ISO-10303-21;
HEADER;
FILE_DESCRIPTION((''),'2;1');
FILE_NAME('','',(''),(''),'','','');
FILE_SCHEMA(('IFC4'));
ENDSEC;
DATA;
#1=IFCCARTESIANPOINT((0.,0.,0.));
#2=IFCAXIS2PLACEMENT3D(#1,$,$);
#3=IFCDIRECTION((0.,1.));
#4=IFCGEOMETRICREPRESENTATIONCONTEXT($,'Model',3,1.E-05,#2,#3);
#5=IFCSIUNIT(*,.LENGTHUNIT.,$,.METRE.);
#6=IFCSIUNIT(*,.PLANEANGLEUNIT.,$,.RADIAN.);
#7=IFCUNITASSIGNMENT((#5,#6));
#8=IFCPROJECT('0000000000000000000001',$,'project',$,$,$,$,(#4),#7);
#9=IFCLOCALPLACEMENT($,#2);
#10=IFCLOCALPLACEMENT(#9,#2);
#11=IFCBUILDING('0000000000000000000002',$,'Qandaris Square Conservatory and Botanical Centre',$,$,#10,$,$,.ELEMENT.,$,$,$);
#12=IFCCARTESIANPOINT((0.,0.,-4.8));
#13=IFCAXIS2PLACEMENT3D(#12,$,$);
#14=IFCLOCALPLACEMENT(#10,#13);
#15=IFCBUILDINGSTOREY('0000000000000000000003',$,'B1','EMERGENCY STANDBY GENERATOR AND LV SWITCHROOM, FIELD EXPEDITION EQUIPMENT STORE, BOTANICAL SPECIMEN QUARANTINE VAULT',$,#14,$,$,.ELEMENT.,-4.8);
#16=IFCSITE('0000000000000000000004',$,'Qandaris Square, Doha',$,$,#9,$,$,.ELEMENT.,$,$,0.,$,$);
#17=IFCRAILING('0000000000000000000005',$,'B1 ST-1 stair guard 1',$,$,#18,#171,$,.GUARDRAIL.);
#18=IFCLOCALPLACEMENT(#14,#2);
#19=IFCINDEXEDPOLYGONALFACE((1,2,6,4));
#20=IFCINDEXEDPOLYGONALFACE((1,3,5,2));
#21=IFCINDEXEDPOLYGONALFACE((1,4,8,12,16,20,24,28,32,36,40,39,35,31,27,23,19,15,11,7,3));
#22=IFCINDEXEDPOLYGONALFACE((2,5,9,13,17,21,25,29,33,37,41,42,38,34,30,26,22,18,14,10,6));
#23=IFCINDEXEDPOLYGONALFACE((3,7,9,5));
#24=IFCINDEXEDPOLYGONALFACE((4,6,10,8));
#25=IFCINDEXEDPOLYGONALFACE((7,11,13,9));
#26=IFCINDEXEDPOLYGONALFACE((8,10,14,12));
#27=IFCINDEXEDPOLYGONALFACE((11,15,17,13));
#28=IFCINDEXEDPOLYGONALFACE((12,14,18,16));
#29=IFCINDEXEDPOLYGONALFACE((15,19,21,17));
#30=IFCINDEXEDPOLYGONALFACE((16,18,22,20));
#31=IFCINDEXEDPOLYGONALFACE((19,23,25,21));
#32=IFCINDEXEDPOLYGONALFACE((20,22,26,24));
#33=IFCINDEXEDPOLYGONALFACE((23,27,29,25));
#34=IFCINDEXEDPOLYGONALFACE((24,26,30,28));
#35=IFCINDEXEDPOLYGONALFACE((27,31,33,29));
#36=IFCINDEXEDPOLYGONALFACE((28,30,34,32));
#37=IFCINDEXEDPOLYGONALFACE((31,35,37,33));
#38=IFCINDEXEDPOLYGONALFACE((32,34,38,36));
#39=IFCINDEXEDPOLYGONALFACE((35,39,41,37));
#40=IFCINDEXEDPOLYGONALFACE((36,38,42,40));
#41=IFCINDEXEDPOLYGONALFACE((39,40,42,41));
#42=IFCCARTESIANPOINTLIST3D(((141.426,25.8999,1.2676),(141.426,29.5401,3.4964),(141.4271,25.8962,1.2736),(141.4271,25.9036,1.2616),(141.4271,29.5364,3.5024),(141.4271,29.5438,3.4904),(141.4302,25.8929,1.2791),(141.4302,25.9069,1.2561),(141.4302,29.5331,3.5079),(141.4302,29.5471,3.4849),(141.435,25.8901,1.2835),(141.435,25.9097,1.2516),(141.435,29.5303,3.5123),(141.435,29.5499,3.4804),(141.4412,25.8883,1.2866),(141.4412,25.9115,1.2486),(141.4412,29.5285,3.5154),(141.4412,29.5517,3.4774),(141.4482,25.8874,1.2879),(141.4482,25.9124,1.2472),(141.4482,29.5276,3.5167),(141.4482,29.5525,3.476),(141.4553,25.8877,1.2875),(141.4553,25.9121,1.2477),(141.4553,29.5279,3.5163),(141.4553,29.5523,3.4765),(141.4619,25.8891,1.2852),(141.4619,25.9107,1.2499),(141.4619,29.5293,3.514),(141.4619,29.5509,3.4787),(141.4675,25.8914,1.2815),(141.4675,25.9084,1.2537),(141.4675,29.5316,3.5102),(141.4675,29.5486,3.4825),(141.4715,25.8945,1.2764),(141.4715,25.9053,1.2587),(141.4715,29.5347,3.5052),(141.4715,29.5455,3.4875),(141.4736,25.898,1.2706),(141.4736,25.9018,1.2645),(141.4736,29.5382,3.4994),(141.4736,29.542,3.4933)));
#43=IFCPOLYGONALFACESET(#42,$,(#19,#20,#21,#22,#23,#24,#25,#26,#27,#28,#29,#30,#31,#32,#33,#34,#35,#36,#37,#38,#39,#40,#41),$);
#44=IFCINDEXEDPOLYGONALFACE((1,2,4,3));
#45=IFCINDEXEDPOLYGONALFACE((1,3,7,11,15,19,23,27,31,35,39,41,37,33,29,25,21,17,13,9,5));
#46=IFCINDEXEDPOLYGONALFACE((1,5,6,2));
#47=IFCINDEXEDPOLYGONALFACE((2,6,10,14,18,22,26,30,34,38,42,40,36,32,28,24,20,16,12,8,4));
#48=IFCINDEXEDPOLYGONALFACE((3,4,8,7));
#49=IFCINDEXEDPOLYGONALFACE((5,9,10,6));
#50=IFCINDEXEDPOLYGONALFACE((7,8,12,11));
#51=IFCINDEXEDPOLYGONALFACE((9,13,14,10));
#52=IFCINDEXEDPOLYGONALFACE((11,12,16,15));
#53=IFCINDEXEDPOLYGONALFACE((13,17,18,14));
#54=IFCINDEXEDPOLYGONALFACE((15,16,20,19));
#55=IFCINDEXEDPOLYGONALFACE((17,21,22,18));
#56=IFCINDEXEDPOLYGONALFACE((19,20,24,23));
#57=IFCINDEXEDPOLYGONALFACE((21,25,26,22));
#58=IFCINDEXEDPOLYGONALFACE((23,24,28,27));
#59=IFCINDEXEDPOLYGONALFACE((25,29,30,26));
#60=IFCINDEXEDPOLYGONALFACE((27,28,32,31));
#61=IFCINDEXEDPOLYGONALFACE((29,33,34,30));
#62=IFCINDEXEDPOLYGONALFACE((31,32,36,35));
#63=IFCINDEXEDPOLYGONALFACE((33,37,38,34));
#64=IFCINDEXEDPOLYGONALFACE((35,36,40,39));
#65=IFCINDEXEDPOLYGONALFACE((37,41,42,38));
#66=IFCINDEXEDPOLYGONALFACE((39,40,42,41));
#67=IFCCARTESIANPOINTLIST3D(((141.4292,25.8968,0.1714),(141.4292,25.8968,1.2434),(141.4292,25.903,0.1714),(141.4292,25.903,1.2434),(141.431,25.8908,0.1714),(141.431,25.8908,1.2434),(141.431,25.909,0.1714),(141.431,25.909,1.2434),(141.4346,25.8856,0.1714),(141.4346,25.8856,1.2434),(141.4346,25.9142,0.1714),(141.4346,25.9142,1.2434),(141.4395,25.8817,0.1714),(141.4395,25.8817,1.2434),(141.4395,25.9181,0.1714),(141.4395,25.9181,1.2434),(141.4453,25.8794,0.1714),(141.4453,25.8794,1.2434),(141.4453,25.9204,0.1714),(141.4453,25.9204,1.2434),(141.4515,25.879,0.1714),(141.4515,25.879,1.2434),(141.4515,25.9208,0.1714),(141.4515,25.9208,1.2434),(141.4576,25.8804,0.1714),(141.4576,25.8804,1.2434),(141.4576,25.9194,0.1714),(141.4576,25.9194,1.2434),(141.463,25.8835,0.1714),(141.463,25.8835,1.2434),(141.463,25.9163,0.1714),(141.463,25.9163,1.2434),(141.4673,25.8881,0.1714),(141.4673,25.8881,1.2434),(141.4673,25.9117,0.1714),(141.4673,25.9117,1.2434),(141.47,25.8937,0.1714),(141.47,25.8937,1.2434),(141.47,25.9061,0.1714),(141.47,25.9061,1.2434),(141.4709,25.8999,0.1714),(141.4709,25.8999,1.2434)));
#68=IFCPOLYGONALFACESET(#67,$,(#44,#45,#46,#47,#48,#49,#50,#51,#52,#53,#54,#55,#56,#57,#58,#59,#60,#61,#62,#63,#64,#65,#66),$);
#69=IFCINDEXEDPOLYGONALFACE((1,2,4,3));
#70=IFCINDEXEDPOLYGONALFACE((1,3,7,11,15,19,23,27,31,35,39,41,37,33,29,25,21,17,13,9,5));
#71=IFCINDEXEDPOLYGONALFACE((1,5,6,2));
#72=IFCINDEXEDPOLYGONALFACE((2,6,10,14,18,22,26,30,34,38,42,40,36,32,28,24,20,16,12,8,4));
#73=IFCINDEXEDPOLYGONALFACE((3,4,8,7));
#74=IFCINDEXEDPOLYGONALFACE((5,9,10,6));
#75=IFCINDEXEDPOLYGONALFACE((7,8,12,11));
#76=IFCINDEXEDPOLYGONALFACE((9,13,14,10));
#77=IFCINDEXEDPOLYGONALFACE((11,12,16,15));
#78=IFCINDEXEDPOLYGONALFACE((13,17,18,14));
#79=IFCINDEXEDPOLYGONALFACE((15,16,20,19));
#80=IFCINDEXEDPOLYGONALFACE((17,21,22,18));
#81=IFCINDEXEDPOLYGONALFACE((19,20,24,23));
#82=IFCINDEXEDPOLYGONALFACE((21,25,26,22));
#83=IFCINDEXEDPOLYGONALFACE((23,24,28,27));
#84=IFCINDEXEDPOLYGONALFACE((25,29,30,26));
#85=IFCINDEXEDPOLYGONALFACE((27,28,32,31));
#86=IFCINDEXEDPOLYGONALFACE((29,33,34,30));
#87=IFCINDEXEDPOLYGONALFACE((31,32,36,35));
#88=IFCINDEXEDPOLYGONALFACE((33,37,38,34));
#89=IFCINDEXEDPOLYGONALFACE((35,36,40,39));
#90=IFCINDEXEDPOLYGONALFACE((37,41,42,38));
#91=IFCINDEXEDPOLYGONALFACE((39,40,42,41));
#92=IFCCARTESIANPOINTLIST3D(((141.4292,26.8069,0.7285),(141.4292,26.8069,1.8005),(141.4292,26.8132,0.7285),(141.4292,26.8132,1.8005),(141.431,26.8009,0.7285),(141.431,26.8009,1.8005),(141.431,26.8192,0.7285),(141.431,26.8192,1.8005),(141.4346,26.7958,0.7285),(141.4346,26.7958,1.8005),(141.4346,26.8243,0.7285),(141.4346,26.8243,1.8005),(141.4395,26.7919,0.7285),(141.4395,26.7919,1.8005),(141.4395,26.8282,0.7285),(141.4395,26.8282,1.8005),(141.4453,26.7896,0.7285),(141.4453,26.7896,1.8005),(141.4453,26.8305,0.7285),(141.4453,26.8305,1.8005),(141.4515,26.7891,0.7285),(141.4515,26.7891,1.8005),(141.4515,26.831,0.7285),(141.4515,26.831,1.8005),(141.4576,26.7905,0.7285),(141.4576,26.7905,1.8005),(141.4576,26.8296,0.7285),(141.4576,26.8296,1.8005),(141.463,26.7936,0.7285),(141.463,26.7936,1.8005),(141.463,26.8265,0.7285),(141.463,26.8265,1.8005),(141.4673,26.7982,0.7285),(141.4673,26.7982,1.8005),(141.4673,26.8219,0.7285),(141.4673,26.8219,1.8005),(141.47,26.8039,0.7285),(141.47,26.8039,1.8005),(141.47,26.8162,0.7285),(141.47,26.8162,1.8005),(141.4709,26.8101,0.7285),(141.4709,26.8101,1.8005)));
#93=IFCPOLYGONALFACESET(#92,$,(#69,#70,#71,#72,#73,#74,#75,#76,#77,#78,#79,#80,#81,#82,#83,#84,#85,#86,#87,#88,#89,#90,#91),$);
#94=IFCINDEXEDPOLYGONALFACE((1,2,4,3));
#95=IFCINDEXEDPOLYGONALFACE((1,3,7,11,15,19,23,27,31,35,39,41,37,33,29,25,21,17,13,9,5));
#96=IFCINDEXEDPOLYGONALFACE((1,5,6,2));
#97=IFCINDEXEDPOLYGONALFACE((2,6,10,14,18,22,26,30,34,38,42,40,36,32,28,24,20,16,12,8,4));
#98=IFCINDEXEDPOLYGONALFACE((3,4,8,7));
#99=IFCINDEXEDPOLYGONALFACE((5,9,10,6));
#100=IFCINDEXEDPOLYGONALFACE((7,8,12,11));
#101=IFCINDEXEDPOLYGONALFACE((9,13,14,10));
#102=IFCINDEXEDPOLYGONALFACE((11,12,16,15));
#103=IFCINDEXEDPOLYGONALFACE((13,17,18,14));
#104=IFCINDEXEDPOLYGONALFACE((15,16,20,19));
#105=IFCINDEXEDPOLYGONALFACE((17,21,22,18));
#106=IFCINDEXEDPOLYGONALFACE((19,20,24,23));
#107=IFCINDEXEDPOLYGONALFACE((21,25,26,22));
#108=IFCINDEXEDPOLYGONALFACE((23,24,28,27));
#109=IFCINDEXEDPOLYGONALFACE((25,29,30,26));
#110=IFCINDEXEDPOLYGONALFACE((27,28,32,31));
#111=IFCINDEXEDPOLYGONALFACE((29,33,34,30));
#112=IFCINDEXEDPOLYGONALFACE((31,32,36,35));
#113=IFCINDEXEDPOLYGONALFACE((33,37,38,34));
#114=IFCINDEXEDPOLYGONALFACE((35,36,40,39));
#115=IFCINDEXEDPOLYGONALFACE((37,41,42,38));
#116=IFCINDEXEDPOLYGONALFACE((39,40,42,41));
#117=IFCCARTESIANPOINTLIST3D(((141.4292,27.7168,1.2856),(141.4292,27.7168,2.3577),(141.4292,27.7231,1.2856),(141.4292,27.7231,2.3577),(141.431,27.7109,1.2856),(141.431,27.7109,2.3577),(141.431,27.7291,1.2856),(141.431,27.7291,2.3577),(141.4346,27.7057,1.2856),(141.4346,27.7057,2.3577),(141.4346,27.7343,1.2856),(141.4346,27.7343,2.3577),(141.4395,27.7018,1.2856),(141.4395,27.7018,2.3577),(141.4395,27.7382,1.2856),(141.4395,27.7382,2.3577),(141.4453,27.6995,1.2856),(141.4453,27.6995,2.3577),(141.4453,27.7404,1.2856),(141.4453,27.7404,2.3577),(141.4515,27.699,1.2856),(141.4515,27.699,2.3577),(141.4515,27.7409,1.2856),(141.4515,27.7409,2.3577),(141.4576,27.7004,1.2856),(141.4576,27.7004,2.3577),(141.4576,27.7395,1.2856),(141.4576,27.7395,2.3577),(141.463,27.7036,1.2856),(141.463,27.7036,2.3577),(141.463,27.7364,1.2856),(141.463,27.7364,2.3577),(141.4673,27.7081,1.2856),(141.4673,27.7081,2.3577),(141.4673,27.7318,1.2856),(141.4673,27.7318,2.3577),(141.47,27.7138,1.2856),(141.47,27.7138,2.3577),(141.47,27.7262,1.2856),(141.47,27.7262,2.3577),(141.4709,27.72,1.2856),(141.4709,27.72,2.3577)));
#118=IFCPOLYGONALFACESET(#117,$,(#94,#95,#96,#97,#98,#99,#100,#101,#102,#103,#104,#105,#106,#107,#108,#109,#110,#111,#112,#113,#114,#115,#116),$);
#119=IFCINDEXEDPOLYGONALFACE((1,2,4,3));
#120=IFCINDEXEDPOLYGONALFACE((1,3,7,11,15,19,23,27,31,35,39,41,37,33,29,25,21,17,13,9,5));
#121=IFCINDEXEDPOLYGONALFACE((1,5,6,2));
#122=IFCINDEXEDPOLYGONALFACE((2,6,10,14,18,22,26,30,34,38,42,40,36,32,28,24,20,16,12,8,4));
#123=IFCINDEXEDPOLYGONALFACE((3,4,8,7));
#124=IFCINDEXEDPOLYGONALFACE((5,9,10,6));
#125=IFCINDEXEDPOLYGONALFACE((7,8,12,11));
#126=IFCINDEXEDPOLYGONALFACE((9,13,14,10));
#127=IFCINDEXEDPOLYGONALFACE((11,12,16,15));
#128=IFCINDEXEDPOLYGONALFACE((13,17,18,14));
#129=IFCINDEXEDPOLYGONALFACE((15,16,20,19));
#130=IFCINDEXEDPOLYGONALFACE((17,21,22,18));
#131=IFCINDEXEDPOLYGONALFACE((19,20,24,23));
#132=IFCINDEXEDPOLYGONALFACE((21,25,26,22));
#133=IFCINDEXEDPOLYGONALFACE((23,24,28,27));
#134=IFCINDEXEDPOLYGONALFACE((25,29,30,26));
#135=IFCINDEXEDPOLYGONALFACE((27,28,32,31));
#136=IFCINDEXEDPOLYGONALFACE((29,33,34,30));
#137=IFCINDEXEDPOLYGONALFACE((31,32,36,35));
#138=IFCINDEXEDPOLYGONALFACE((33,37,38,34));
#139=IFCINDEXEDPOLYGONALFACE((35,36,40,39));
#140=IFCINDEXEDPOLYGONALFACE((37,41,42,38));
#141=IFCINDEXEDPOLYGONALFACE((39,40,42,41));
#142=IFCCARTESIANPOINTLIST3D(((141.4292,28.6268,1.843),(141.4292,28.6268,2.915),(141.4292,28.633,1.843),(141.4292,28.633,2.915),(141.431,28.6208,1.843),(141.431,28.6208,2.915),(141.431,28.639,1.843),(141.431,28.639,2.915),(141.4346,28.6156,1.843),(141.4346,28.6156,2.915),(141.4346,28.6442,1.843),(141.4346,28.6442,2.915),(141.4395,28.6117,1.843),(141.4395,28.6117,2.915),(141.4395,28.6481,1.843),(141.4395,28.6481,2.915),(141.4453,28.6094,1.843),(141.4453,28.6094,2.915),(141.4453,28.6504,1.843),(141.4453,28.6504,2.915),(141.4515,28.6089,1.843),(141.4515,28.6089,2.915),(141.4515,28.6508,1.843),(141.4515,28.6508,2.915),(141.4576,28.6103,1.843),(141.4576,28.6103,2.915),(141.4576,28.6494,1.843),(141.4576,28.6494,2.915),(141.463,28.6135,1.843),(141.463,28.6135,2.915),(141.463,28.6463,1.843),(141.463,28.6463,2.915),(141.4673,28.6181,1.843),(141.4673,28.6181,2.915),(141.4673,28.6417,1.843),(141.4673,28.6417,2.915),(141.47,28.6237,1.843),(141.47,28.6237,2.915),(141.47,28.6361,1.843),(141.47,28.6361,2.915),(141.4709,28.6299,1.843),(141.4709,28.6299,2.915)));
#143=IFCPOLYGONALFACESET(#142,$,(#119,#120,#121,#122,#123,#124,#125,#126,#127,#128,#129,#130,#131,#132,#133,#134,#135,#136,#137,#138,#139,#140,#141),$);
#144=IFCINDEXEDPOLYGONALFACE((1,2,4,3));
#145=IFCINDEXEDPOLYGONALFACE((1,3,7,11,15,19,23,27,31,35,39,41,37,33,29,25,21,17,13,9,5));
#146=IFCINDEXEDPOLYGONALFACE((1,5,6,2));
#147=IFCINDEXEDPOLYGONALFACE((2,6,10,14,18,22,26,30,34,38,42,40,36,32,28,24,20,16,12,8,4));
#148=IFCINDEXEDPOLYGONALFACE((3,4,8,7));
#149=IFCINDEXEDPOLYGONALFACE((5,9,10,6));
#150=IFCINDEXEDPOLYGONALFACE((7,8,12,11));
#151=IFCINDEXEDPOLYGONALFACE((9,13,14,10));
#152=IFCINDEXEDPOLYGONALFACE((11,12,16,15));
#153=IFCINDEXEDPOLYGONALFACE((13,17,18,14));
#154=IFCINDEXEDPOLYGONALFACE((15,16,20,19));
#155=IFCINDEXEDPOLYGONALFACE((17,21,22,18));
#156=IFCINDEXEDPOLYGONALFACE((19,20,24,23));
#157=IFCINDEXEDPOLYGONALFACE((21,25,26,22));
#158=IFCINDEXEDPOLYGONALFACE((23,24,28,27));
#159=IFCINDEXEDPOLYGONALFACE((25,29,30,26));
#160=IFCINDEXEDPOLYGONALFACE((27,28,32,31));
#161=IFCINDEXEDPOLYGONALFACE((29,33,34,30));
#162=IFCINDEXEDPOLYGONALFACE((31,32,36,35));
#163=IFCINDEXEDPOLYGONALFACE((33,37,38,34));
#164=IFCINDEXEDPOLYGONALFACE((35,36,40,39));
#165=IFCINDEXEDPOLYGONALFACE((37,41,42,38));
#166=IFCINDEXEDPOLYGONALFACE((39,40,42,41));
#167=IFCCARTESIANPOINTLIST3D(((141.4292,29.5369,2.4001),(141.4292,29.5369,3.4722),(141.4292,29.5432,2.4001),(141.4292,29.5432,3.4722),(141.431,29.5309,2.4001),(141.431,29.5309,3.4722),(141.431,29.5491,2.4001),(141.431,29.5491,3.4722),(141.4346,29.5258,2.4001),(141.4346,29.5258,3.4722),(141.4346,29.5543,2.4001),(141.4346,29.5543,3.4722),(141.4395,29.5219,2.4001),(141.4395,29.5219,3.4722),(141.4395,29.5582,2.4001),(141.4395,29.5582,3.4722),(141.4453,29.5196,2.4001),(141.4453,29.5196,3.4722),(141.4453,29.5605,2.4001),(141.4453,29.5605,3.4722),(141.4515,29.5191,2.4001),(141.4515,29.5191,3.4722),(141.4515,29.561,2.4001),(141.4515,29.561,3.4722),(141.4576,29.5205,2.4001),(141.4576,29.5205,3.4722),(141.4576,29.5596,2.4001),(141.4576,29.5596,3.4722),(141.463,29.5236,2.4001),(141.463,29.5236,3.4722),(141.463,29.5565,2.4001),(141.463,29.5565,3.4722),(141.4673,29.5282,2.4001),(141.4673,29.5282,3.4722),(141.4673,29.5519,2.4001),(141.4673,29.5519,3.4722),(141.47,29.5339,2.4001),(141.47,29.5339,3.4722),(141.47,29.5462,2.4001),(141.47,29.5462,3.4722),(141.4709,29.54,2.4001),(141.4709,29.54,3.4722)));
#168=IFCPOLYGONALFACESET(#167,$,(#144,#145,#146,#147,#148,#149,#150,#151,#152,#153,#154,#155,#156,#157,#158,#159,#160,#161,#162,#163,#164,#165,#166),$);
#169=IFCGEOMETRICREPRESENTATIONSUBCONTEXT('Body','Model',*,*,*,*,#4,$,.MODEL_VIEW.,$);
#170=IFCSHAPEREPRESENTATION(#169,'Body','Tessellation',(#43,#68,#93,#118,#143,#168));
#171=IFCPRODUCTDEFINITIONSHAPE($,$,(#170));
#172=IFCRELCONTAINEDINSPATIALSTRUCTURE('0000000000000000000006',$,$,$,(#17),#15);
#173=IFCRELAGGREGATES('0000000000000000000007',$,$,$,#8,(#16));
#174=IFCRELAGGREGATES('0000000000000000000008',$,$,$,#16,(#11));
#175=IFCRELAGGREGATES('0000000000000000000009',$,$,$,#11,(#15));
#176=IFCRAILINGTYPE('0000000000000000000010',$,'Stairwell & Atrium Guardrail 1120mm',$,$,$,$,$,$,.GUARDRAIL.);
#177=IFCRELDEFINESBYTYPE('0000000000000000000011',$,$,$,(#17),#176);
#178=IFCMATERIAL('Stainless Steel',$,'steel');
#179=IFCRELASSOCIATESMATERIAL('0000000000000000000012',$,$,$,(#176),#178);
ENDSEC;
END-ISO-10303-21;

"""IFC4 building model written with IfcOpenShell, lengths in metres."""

from ifc_helpers import new_model, si_unit, direction, frame, origin, origin_2d, place, context, subcontext, project, spatial, circle, extrude, material, type_object, element, save


model = new_model("IFC4")

# Units and contexts
model_context = context("Model", 3, precision=1e-05, world=origin(), true_north=direction((0.0, 1.0)))
body_context = subcontext(model_context, "Body", "Model", "MODEL_VIEW")
ifc_project = project(units=[si_unit("LENGTHUNIT", "METRE"), si_unit("PLANEANGLEUNIT", "RADIAN")], contexts=[model_context])

# Site, building, storey
site_placement = place(None, origin())
site = spatial("IfcSite", under=ifc_project, at=site_placement, Name="Qandaris Square, Doha", CompositionType="ELEMENT", RefElevation=0.0)
building_placement = place(site_placement, origin())
building = spatial("IfcBuilding", under=site, at=building_placement, Name="Qandaris Square Conservatory and Botanical Centre", CompositionType="ELEMENT")
storey_placement = place(building_placement, frame((0.0, 0.0, -4.8)))
storey = spatial("IfcBuildingStorey", under=building, at=storey_placement, Name="B1", Description="EMERGENCY STANDBY GENERATOR AND LV SWITCHROOM, FIELD EXPEDITION EQUIPMENT STORE, BOTANICAL SPECIMEN QUARANTINE VAULT", CompositionType="ELEMENT", Elevation=-4.8)

# Railing
ifc_material_1 = material(Name="Stainless Steel", Category="steel")
railing_type_1 = type_object("IfcRailingType", Name="Stairwell & Atrium Guardrail 1120mm", PredefinedType="GUARDRAIL", material=ifc_material_1)
railing_1_placement = place(storey_placement, frame((141.45, 25.8999, 0.1714)))
element("IfcRailing", 1, at=railing_1_placement, inside=storey, type_object=railing_type_1, Name="B1 ST-1 stair guard 1", PredefinedType="GUARDRAIL", context=body_context, shape_type="SweptSolid", body=[
    extrude(circle(Radius=0.0239, at=origin_2d()), frame((0.0, 0.0, 1.0962), z_axis=(0.0, 0.85284, 0.522172), x_axis=(-1.0, 0.0, 0.0)), (0.0, 0.0, 1.0), 4.2683),
    extrude(circle(Radius=0.021, at=origin_2d()), origin(), (0.0, 0.0, 1.0), 1.072),
    extrude(circle(Radius=0.021, at=origin_2d()), frame((0.0, 0.9102, 0.5571)), (0.0, 0.0, 1.0), 1.072),
    extrude(circle(Radius=0.021, at=origin_2d()), frame((0.0, 1.8201, 1.1143)), (0.0, 0.0, 1.0), 1.072),
    extrude(circle(Radius=0.021, at=origin_2d()), frame((0.0, 2.73, 1.6716)), (0.0, 0.0, 1.0), 1.072),
    extrude(circle(Radius=0.021, at=origin_2d()), frame((0.0, 3.6401, 2.2288)), (0.0, 0.0, 1.0), 1.072),
])

save(model, "model.ifc")
